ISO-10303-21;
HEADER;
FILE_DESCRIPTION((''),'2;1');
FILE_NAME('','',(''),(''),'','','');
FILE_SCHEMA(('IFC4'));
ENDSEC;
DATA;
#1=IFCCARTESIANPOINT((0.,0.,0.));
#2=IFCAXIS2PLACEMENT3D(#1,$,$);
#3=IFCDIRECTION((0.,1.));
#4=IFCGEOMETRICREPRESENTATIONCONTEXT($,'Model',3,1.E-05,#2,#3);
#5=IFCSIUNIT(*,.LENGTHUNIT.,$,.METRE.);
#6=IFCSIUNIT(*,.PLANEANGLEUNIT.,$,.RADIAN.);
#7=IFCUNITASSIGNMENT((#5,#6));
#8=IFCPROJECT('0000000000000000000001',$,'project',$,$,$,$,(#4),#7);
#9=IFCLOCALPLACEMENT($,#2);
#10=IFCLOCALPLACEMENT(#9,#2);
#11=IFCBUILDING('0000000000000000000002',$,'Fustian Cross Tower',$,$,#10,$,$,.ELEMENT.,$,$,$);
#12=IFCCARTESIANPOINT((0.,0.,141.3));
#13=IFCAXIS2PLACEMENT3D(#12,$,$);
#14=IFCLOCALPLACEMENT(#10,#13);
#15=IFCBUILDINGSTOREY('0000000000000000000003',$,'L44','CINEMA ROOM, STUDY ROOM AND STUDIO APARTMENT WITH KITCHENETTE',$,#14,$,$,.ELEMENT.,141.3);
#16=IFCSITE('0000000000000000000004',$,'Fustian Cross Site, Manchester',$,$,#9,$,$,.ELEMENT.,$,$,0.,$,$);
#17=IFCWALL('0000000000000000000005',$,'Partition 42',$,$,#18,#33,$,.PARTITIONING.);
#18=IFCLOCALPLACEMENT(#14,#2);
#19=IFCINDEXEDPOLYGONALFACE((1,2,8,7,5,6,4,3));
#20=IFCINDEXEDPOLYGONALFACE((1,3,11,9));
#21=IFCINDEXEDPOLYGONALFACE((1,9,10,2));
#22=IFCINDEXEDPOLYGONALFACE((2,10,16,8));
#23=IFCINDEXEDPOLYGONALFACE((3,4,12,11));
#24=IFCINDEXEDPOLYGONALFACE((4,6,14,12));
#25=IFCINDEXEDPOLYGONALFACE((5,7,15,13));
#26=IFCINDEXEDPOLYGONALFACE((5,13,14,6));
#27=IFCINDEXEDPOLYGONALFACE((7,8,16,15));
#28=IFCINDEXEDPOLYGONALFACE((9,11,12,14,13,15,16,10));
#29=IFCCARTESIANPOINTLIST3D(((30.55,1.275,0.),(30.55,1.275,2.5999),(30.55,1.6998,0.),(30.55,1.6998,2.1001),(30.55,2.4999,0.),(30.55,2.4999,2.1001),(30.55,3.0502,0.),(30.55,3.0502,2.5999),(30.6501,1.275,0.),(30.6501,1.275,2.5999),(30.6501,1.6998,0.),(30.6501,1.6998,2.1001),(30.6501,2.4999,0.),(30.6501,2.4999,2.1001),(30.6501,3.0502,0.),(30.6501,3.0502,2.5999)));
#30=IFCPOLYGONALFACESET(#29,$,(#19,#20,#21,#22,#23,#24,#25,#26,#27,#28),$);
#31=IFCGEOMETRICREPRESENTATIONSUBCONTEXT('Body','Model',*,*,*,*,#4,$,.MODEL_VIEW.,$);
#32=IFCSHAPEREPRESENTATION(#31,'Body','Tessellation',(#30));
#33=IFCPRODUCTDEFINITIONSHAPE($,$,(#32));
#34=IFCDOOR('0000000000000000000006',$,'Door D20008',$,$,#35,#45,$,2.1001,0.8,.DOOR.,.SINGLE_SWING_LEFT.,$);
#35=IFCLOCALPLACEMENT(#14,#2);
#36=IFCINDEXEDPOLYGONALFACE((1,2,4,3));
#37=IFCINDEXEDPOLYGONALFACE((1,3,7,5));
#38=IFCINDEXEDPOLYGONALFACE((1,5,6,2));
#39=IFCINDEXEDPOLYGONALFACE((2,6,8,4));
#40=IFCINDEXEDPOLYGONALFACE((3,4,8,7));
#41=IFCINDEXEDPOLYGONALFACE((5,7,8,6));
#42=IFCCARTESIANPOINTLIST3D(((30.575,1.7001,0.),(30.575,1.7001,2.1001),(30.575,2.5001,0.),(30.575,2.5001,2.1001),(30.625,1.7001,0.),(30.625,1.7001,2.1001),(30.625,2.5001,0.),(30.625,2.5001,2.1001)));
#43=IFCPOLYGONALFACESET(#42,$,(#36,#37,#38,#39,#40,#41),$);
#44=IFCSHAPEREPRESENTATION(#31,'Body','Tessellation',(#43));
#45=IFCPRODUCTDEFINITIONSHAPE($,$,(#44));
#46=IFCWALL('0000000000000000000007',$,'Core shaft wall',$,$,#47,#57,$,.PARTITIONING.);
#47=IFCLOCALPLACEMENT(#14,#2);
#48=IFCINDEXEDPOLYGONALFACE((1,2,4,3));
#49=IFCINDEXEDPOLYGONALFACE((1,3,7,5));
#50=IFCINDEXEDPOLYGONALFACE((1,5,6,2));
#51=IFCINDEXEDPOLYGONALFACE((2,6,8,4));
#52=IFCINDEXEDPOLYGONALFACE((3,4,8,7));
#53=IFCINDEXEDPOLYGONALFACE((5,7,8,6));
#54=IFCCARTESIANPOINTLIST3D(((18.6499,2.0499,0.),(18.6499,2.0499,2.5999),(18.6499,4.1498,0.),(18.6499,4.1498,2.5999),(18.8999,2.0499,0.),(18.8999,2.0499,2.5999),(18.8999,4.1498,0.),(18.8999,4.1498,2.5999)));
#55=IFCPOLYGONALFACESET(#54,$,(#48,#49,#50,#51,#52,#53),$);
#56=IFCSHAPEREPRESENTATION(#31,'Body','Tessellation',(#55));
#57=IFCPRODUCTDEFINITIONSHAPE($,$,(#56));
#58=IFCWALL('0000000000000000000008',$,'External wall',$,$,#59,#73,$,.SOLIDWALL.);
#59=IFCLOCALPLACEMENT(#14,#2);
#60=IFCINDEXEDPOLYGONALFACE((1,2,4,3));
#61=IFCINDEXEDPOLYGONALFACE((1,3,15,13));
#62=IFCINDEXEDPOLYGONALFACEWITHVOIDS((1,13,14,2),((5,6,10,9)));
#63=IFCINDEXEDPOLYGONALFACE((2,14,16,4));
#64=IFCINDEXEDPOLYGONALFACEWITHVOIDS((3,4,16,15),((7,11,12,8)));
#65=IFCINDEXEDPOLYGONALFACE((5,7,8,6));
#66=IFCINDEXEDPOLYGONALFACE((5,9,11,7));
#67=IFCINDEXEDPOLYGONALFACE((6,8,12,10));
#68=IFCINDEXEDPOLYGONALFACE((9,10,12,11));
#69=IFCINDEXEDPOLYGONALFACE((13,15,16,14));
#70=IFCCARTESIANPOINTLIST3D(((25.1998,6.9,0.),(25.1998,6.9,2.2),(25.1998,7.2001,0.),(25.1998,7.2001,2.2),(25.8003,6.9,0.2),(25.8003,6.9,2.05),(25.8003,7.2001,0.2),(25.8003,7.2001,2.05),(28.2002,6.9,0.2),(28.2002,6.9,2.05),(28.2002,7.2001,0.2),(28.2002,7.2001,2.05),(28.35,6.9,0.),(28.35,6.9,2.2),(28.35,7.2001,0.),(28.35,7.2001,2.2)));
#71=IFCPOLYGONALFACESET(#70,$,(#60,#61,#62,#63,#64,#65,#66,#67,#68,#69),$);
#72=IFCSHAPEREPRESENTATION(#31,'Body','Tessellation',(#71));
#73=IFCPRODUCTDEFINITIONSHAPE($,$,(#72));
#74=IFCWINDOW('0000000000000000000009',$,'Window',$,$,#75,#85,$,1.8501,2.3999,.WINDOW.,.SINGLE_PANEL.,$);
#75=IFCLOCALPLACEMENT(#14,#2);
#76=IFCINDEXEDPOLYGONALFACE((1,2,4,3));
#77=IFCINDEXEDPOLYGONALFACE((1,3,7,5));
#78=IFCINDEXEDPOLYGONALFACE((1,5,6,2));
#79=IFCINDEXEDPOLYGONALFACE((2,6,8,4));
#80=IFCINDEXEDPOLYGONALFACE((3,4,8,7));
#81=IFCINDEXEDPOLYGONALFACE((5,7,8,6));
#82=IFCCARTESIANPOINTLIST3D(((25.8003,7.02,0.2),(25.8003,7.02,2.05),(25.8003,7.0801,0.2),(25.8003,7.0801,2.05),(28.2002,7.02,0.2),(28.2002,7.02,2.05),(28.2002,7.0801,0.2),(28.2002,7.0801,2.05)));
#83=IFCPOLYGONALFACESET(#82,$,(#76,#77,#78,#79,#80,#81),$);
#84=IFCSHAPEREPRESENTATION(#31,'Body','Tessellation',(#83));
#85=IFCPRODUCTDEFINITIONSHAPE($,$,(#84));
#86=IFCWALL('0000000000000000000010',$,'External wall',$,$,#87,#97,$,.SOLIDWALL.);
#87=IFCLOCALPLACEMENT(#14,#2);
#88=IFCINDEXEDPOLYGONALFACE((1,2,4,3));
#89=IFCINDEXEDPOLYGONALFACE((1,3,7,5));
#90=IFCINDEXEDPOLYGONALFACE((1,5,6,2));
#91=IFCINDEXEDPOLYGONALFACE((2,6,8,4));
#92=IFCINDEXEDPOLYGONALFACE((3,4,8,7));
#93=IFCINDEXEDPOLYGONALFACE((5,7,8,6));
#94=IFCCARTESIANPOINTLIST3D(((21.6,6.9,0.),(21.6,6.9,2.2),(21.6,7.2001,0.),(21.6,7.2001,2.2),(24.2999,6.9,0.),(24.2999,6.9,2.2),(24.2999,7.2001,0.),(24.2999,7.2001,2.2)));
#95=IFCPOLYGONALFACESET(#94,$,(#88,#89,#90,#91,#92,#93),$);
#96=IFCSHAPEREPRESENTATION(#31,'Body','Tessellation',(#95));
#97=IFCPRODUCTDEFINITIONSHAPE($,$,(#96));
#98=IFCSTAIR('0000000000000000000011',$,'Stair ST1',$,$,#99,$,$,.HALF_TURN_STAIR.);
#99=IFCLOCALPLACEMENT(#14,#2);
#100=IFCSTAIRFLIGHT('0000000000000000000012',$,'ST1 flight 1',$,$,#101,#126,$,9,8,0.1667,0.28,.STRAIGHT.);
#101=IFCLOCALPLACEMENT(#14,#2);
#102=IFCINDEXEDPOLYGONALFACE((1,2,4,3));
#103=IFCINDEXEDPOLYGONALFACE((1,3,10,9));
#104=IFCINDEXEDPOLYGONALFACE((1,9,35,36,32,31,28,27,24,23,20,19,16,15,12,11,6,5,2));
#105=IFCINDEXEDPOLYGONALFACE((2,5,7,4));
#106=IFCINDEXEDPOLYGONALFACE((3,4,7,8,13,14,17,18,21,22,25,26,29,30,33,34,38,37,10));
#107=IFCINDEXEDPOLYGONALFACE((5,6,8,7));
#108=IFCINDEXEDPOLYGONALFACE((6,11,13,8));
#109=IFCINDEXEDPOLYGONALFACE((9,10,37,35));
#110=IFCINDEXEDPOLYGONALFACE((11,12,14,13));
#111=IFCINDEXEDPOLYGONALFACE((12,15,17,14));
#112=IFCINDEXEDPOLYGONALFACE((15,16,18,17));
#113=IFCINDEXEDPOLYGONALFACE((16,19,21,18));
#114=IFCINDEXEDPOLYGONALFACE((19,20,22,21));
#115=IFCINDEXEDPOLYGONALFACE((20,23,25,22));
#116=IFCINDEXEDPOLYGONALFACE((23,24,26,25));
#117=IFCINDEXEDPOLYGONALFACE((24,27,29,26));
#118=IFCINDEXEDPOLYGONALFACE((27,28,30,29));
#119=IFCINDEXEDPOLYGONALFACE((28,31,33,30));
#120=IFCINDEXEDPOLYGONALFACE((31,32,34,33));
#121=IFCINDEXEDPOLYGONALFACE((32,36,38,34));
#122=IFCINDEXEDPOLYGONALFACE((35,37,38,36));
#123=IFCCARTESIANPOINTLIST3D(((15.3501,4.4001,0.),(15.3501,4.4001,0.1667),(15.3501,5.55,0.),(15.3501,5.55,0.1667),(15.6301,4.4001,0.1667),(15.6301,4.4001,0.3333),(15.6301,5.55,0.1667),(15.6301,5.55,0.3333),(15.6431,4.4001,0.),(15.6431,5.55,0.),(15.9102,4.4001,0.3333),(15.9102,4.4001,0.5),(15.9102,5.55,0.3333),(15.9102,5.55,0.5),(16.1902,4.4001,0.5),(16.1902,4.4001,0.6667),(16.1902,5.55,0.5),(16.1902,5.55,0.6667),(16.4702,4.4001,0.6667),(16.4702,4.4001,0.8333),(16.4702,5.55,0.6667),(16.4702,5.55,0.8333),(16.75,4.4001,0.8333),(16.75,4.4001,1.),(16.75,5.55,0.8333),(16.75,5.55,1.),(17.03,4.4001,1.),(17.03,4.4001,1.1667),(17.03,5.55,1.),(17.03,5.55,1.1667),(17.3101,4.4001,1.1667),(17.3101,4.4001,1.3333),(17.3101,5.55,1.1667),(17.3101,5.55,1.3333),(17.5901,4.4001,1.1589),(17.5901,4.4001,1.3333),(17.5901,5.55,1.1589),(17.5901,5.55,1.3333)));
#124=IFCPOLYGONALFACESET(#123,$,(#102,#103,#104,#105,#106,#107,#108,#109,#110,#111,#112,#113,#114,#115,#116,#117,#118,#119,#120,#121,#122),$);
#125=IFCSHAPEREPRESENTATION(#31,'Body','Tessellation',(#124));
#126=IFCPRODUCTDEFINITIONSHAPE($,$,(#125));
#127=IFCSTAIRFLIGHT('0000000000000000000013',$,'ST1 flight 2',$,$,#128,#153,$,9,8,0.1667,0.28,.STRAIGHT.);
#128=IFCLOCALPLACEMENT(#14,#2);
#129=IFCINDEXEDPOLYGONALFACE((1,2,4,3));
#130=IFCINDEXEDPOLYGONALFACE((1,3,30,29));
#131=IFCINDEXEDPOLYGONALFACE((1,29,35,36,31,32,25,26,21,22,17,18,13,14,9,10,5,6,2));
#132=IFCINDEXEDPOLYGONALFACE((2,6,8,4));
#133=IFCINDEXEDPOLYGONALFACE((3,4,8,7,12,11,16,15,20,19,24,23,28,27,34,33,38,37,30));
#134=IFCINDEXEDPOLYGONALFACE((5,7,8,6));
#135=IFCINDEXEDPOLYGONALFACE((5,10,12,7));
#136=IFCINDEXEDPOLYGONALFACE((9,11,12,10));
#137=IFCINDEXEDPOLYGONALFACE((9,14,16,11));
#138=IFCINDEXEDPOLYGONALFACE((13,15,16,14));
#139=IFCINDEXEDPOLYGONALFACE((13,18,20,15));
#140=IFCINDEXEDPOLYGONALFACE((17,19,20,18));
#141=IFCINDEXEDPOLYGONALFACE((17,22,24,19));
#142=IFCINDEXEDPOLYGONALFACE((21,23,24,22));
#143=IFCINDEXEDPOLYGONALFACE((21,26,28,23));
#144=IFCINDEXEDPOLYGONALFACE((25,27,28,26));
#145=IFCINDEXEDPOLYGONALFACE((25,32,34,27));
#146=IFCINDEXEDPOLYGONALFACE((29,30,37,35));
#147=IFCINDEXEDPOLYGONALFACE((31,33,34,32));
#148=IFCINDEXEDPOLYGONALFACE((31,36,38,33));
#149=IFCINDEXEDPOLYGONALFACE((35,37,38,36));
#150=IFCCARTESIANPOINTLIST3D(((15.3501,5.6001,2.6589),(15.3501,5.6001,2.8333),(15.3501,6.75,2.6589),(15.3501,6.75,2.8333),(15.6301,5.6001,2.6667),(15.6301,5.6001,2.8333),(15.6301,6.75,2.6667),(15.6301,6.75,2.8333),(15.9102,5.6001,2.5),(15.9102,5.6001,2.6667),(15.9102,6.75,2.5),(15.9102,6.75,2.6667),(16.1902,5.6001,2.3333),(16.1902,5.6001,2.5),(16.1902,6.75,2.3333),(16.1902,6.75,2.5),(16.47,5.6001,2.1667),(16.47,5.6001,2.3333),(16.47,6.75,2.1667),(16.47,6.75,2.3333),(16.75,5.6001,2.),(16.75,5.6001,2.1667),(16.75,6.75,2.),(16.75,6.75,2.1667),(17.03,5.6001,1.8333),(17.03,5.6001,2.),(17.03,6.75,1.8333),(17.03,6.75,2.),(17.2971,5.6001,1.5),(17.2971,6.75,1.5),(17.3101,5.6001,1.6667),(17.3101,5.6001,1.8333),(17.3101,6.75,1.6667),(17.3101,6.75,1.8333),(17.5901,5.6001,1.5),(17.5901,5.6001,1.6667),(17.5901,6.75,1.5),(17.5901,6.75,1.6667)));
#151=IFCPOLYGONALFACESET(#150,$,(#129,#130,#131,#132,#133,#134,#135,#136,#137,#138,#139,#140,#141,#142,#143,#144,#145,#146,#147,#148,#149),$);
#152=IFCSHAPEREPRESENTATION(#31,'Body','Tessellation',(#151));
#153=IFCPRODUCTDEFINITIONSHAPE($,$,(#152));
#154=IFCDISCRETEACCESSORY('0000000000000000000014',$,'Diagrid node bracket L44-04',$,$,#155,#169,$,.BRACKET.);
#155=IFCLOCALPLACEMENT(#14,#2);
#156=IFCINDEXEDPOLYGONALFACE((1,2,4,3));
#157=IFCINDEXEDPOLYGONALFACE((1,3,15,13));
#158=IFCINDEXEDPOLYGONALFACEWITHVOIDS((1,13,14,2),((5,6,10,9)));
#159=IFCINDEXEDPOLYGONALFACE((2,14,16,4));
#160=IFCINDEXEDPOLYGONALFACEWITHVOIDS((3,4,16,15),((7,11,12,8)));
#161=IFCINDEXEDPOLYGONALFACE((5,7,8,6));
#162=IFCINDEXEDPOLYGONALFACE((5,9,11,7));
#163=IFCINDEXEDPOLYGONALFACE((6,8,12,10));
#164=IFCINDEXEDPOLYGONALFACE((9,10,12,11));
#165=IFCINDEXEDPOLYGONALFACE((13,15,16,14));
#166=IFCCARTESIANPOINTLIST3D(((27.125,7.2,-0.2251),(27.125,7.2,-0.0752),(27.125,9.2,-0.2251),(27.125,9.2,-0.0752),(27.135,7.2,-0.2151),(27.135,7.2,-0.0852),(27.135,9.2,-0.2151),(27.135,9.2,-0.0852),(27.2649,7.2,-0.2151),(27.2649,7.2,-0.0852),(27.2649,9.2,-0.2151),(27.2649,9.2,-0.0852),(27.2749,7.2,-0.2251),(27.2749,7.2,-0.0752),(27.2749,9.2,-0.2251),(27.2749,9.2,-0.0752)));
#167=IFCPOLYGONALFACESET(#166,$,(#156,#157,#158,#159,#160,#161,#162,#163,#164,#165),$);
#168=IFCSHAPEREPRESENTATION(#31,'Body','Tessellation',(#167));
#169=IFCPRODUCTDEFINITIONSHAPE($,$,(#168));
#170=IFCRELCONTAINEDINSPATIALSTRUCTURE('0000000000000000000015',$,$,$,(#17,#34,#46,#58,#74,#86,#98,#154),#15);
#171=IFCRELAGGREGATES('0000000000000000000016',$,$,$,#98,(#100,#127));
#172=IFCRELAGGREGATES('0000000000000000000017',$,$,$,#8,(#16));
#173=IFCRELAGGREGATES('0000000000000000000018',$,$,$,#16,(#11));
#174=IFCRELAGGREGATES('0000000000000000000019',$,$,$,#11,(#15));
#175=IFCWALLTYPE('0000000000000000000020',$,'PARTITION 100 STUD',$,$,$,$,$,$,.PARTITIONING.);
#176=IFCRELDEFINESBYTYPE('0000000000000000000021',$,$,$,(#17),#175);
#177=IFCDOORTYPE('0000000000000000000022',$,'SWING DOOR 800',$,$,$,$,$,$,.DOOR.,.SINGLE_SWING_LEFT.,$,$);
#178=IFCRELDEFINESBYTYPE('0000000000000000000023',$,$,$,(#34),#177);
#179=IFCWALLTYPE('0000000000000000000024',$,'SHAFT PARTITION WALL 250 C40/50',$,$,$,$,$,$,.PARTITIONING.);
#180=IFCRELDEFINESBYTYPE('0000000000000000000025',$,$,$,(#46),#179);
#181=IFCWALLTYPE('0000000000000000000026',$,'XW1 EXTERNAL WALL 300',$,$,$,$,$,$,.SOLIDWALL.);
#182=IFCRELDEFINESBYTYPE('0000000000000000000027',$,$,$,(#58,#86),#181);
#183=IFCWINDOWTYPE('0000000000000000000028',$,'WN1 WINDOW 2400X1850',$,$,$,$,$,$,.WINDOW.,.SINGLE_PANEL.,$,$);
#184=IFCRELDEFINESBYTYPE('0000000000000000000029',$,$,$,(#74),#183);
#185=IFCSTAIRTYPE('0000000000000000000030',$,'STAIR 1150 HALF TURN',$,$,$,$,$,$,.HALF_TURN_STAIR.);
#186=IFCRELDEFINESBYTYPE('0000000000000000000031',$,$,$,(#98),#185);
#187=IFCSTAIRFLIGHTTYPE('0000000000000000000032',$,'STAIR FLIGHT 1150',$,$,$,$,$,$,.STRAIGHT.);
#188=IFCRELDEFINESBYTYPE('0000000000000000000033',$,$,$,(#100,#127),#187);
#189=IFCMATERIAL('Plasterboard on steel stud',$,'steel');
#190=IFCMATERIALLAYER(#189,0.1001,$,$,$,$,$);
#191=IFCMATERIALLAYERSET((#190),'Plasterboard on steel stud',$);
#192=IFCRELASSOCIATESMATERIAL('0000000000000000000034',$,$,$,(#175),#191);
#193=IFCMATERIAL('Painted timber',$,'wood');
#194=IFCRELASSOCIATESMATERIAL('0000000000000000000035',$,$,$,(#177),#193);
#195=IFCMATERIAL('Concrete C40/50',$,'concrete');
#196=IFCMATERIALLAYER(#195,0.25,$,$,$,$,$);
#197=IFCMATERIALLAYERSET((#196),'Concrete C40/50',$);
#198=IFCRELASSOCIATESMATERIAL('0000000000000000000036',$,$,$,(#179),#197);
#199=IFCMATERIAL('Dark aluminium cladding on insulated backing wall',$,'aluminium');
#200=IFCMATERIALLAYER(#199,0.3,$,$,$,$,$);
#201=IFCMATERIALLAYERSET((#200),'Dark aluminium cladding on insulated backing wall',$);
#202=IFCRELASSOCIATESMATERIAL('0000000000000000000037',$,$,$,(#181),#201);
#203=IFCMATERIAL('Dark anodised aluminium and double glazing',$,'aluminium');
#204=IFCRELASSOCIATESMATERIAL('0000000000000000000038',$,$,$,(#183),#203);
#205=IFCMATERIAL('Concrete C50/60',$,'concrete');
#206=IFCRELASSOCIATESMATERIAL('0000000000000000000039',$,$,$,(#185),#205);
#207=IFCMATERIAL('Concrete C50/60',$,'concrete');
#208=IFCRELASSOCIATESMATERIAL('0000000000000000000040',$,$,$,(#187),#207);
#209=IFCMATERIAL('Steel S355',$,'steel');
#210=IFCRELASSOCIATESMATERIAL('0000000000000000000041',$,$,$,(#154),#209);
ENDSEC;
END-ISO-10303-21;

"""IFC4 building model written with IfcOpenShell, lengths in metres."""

from ifc_helpers import new_model, si_unit, direction, frame, frame_2d, origin, origin_2d, place, context, subcontext, project, spatial, polyline, rectangle, hollow_rectangle, outline, extrude, material, layer, layer_set, type_object, element, fill, aggregate, save


model = new_model("IFC4")

# Units and contexts
model_context = context("Model", 3, precision=1e-05, world=origin(), true_north=direction((0.0, 1.0)))
body_context = subcontext(model_context, "Body", "Model", "MODEL_VIEW")
ifc_project = project(units=[si_unit("LENGTHUNIT", "METRE"), si_unit("PLANEANGLEUNIT", "RADIAN")], contexts=[model_context])

# Site, building, storey
site_placement = place(None, origin())
site = spatial("IfcSite", under=ifc_project, at=site_placement, Name="Fustian Cross Site, Manchester", CompositionType="ELEMENT", RefElevation=0.0)
building_placement = place(site_placement, origin())
building = spatial("IfcBuilding", under=site, at=building_placement, Name="Fustian Cross Tower", CompositionType="ELEMENT")
storey_placement = place(building_placement, frame((0.0, 0.0, 141.3)))
storey = spatial("IfcBuildingStorey", under=building, at=storey_placement, Name="L44", Description="CINEMA ROOM, STUDY ROOM AND STUDIO APARTMENT WITH KITCHENETTE", CompositionType="ELEMENT", Elevation=141.3)

# Shared definitions
ifc_material_1 = material(Name="Plasterboard on steel stud", Category="steel")
ifc_layer_1 = layer(ifc_material_1, 0.1001)
ifc_layer_set_1 = layer_set([ifc_layer_1], Name="Plasterboard on steel stud")
wall_type_1 = type_object("IfcWallType", Name="PARTITION 100 STUD", PredefinedType="PARTITIONING", material=ifc_layer_set_1)

# Wall, opening, door
wall_1_placement = place(storey_placement, frame((30.6001, 1.2749, 0.0), z_axis=(0.0, 0.0, 1.0), x_axis=(0.0, 1.0, 0.0)))
wall_1 = element("IfcWall", 1, at=wall_1_placement, inside=storey, type_object=wall_type_1, Name="Partition 42", PredefinedType="PARTITIONING", context=body_context, shape_type="SweptSolid", body=[
    extrude(rectangle(XDim=1.7751, YDim=0.1001, at=frame_2d((0.8877, 0.0))), origin(), (0.0, 0.0, 1.0), 2.5999),
])
opening_1_placement = place(wall_1_placement, frame((0.425, 0.0, 0.0)))
opening_1 = element("IfcOpeningElement", 2, at=opening_1_placement, cuts=wall_1, PredefinedType="OPENING", context=body_context, shape_type="SweptSolid", body=[
    extrude(rectangle(XDim=0.8, YDim=2.1001, at=frame_2d((0.3999, 1.05))), frame((0.0, 0.0601, 0.0), z_axis=(0.0, -1.0, 0.0), x_axis=(1.0, 0.0, 0.0)), (0.0, 0.0, 1.0), 0.1201),
])
ifc_material_2 = material(Name="Painted timber", Category="wood")
door_type_1 = type_object("IfcDoorType", Name="SWING DOOR 800", OperationType="SINGLE_SWING_LEFT", PredefinedType="DOOR", material=ifc_material_2)
door_1_placement = place(opening_1_placement, frame((0.8, 0.0, 0.0), z_axis=(0.0, 0.0, 1.0), x_axis=(-1.0, 0.0, 0.0)))
door_1 = element("IfcDoor", 3, at=door_1_placement, inside=storey, type_object=door_type_1, Name="Door D20008", OperationType="SINGLE_SWING_LEFT", OverallHeight=2.1001, OverallWidth=0.8, PredefinedType="DOOR", context=body_context, shape_type="SweptSolid", body=[
    extrude(rectangle(XDim=0.8, YDim=2.1001, at=frame_2d((0.3999, 1.05))), frame((0.0, 0.0249, 0.0), z_axis=(0.0, -1.0, 0.0), x_axis=(1.0, 0.0, 0.0)), (0.0, 0.0, 1.0), 0.05),
])
fill(opening_1, door_1)

# Wall
ifc_material_3 = material(Name="Concrete C40/50", Category="concrete")
ifc_layer_2 = layer(ifc_material_3, 0.25)
ifc_layer_set_2 = layer_set([ifc_layer_2], Name="Concrete C40/50")
wall_type_2 = type_object("IfcWallType", Name="SHAFT PARTITION WALL 250 C40/50", PredefinedType="PARTITIONING", material=ifc_layer_set_2)
wall_2_placement = place(storey_placement, frame((18.7749, 2.05, 0.0), z_axis=(0.0, 0.0, 1.0), x_axis=(0.0, 1.0, 0.0)))
element("IfcWall", 4, at=wall_2_placement, inside=storey, type_object=wall_type_2, Name="Core shaft wall", PredefinedType="PARTITIONING", context=body_context, shape_type="SweptSolid", body=[
    extrude(rectangle(XDim=2.0999, YDim=0.25, at=frame_2d((1.0498, 0.0))), origin(), (0.0, 0.0, 1.0), 2.5999),
])

# Wall, opening, window
ifc_material_4 = material(Name="Dark aluminium cladding on insulated backing wall", Category="aluminium")
ifc_layer_3 = layer(ifc_material_4, 0.3)
ifc_layer_set_3 = layer_set([ifc_layer_3], Name="Dark aluminium cladding on insulated backing wall")
wall_type_3 = type_object("IfcWallType", Name="XW1 EXTERNAL WALL 300", PredefinedType="SOLIDWALL", material=ifc_layer_set_3)
wall_3_placement = place(storey_placement, frame((28.3501, 7.05, 0.0), z_axis=(0.0, 0.0, 1.0), x_axis=(-1.0, 0.0, 0.0)))
wall_3 = element("IfcWall", 5, at=wall_3_placement, inside=storey, type_object=wall_type_3, Name="External wall", PredefinedType="SOLIDWALL", context=body_context, shape_type="SweptSolid", body=[
    extrude(rectangle(XDim=3.1501, YDim=0.3, at=frame_2d((1.5752, 0.0))), origin(), (0.0, 0.0, 1.0), 2.2),
])
opening_2_placement = place(wall_3_placement, frame((0.1499, 0.0, 0.2)))
opening_2 = element("IfcOpeningElement", 6, at=opening_2_placement, cuts=wall_3, PredefinedType="OPENING", context=body_context, shape_type="SweptSolid", body=[
    extrude(rectangle(XDim=2.3999, YDim=1.8501, at=frame_2d((1.2, 0.925))), frame((0.0, 0.1599, 0.0), z_axis=(0.0, -1.0, 0.0), x_axis=(1.0, 0.0, 0.0)), (0.0, 0.0, 1.0), 0.3201),
])
ifc_material_5 = material(Name="Dark anodised aluminium and double glazing", Category="aluminium")
window_type = type_object("IfcWindowType", Name="WN1 WINDOW 2400X1850", PartitioningType="SINGLE_PANEL", PredefinedType="WINDOW", material=ifc_material_5)
window_placement = place(opening_2_placement, origin())
window = element("IfcWindow", 7, at=window_placement, inside=storey, type_object=window_type, Name="Window", OverallHeight=1.8501, OverallWidth=2.3999, PartitioningType="SINGLE_PANEL", PredefinedType="WINDOW", context=body_context, shape_type="SweptSolid", body=[
    extrude(rectangle(XDim=2.3999, YDim=1.8501, at=frame_2d((1.2, 0.925))), frame((0.0, 0.03, 0.0), z_axis=(0.0, -1.0, 0.0), x_axis=(1.0, 0.0, 0.0)), (0.0, 0.0, 1.0), 0.0601),
])
fill(opening_2, window)

# Wall
wall_4_placement = place(storey_placement, frame((24.3, 7.05, 0.0), z_axis=(0.0, 0.0, 1.0), x_axis=(-1.0, 0.0, 0.0)))
element("IfcWall", 8, at=wall_4_placement, inside=storey, type_object=wall_type_3, Name="External wall", PredefinedType="SOLIDWALL", context=body_context, shape_type="SweptSolid", body=[
    extrude(rectangle(XDim=2.7, YDim=0.3, at=frame_2d((1.3501, 0.0))), origin(), (0.0, 0.0, 1.0), 2.2),
])

# Stair, stair flights
ifc_material_6 = material(Name="Concrete C50/60", Category="concrete")
stair_type = type_object("IfcStairType", Name="STAIR 1150 HALF TURN", PredefinedType="HALF_TURN_STAIR", material=ifc_material_6)
stair_placement = place(storey_placement, origin())
stair = element("IfcStair", 9, at=stair_placement, inside=storey, type_object=stair_type, Name="Stair ST1", PredefinedType="HALF_TURN_STAIR")
ifc_material_7 = material(Name="Concrete C50/60", Category="concrete")
stair_flight_type = type_object("IfcStairFlightType", Name="STAIR FLIGHT 1150", PredefinedType="STRAIGHT", material=ifc_material_7)
stair_flight_1_placement = place(storey_placement, frame((15.3501, 4.9751, 0.0), z_axis=(0.0, 0.0, 1.0), x_axis=(1.0, 0.0, 0.0)))
stair_flight_1 = element("IfcStairFlight", 10, at=stair_flight_1_placement, type_object=stair_flight_type, Name="ST1 flight 1", NumberOfRisers=9, NumberOfTreads=8, PredefinedType="STRAIGHT", RiserHeight=0.1667, TreadLength=0.28, context=body_context, shape_type="SweptSolid", body=[
    extrude(outline(polyline([(0.0, 0.0), (0.0, 0.1667), (0.28, 0.1667), (0.28, 0.3333), (0.5601, 0.3333), (0.5601, 0.5), (0.8401, 0.5), (0.8401, 0.6667), (1.1201, 0.6667), (1.1201, 0.8333), (1.3999, 0.8333), (1.3999, 1.0), (1.6799, 1.0), (1.6799, 1.1667), (1.96, 1.1667), (1.96, 1.3333), (2.24, 1.3333), (2.24, 1.5), (2.24, 1.1589), (0.293, 0.0), (0.0, 0.0)])), frame((0.0, 0.575, 0.0), z_axis=(0.0, -1.0, 0.0), x_axis=(1.0, 0.0, 0.0)), (0.0, 0.0, 1.0), 1.1499),
])
stair_flight_2_placement = place(storey_placement, frame((17.5901, 6.175, 1.5), z_axis=(0.0, 0.0, 1.0), x_axis=(-1.0, 0.0, 0.0)))
stair_flight_2 = element("IfcStairFlight", 11, at=stair_flight_2_placement, type_object=stair_flight_type, Name="ST1 flight 2", NumberOfRisers=9, NumberOfTreads=8, PredefinedType="STRAIGHT", RiserHeight=0.1667, TreadLength=0.28, context=body_context, shape_type="SweptSolid", body=[
    extrude(outline(polyline([(0.0, 0.0), (0.0, 0.1667), (0.28, 0.1667), (0.28, 0.3333), (0.5601, 0.3333), (0.5601, 0.5), (0.8401, 0.5), (0.8401, 0.6667), (1.1201, 0.6667), (1.1201, 0.8333), (1.3999, 0.8333), (1.3999, 1.0), (1.6799, 1.0), (1.6799, 1.1667), (1.96, 1.1667), (1.96, 1.3333), (2.24, 1.3333), (2.24, 1.5), (2.24, 1.1589), (0.293, 0.0), (0.0, 0.0)])), frame((0.0, 0.575, 0.0), z_axis=(0.0, -1.0, 0.0), x_axis=(1.0, 0.0, 0.0)), (0.0, 0.0, 1.0), 1.1499),
])
aggregate(stair, [stair_flight_1, stair_flight_2])

# Discrete accessory
ifc_material_8 = material(Name="Steel S355", Category="steel")
for number, where, z_axis, x_axis, name in (
    (12, (27.2, 9.2, -0.1501), (0.0, -1.0, 0.0), (1.0, 0.0, 0.0), "Diagrid node bracket L44-04"),
):
    element("IfcDiscreteAccessory", number, at=place(storey_placement, frame(where, z_axis=z_axis, x_axis=x_axis)), inside=storey, material=ifc_material_8, Name=name, PredefinedType="BRACKET", context=body_context, shape_type="SweptSolid", body=[
        extrude(hollow_rectangle(XDim=0.1499, YDim=0.1499, WallThickness=0.01, at=origin_2d()), origin(), (0.0, 0.0, 1.0), 2.0),
    ])

save(model, "model.ifc")
